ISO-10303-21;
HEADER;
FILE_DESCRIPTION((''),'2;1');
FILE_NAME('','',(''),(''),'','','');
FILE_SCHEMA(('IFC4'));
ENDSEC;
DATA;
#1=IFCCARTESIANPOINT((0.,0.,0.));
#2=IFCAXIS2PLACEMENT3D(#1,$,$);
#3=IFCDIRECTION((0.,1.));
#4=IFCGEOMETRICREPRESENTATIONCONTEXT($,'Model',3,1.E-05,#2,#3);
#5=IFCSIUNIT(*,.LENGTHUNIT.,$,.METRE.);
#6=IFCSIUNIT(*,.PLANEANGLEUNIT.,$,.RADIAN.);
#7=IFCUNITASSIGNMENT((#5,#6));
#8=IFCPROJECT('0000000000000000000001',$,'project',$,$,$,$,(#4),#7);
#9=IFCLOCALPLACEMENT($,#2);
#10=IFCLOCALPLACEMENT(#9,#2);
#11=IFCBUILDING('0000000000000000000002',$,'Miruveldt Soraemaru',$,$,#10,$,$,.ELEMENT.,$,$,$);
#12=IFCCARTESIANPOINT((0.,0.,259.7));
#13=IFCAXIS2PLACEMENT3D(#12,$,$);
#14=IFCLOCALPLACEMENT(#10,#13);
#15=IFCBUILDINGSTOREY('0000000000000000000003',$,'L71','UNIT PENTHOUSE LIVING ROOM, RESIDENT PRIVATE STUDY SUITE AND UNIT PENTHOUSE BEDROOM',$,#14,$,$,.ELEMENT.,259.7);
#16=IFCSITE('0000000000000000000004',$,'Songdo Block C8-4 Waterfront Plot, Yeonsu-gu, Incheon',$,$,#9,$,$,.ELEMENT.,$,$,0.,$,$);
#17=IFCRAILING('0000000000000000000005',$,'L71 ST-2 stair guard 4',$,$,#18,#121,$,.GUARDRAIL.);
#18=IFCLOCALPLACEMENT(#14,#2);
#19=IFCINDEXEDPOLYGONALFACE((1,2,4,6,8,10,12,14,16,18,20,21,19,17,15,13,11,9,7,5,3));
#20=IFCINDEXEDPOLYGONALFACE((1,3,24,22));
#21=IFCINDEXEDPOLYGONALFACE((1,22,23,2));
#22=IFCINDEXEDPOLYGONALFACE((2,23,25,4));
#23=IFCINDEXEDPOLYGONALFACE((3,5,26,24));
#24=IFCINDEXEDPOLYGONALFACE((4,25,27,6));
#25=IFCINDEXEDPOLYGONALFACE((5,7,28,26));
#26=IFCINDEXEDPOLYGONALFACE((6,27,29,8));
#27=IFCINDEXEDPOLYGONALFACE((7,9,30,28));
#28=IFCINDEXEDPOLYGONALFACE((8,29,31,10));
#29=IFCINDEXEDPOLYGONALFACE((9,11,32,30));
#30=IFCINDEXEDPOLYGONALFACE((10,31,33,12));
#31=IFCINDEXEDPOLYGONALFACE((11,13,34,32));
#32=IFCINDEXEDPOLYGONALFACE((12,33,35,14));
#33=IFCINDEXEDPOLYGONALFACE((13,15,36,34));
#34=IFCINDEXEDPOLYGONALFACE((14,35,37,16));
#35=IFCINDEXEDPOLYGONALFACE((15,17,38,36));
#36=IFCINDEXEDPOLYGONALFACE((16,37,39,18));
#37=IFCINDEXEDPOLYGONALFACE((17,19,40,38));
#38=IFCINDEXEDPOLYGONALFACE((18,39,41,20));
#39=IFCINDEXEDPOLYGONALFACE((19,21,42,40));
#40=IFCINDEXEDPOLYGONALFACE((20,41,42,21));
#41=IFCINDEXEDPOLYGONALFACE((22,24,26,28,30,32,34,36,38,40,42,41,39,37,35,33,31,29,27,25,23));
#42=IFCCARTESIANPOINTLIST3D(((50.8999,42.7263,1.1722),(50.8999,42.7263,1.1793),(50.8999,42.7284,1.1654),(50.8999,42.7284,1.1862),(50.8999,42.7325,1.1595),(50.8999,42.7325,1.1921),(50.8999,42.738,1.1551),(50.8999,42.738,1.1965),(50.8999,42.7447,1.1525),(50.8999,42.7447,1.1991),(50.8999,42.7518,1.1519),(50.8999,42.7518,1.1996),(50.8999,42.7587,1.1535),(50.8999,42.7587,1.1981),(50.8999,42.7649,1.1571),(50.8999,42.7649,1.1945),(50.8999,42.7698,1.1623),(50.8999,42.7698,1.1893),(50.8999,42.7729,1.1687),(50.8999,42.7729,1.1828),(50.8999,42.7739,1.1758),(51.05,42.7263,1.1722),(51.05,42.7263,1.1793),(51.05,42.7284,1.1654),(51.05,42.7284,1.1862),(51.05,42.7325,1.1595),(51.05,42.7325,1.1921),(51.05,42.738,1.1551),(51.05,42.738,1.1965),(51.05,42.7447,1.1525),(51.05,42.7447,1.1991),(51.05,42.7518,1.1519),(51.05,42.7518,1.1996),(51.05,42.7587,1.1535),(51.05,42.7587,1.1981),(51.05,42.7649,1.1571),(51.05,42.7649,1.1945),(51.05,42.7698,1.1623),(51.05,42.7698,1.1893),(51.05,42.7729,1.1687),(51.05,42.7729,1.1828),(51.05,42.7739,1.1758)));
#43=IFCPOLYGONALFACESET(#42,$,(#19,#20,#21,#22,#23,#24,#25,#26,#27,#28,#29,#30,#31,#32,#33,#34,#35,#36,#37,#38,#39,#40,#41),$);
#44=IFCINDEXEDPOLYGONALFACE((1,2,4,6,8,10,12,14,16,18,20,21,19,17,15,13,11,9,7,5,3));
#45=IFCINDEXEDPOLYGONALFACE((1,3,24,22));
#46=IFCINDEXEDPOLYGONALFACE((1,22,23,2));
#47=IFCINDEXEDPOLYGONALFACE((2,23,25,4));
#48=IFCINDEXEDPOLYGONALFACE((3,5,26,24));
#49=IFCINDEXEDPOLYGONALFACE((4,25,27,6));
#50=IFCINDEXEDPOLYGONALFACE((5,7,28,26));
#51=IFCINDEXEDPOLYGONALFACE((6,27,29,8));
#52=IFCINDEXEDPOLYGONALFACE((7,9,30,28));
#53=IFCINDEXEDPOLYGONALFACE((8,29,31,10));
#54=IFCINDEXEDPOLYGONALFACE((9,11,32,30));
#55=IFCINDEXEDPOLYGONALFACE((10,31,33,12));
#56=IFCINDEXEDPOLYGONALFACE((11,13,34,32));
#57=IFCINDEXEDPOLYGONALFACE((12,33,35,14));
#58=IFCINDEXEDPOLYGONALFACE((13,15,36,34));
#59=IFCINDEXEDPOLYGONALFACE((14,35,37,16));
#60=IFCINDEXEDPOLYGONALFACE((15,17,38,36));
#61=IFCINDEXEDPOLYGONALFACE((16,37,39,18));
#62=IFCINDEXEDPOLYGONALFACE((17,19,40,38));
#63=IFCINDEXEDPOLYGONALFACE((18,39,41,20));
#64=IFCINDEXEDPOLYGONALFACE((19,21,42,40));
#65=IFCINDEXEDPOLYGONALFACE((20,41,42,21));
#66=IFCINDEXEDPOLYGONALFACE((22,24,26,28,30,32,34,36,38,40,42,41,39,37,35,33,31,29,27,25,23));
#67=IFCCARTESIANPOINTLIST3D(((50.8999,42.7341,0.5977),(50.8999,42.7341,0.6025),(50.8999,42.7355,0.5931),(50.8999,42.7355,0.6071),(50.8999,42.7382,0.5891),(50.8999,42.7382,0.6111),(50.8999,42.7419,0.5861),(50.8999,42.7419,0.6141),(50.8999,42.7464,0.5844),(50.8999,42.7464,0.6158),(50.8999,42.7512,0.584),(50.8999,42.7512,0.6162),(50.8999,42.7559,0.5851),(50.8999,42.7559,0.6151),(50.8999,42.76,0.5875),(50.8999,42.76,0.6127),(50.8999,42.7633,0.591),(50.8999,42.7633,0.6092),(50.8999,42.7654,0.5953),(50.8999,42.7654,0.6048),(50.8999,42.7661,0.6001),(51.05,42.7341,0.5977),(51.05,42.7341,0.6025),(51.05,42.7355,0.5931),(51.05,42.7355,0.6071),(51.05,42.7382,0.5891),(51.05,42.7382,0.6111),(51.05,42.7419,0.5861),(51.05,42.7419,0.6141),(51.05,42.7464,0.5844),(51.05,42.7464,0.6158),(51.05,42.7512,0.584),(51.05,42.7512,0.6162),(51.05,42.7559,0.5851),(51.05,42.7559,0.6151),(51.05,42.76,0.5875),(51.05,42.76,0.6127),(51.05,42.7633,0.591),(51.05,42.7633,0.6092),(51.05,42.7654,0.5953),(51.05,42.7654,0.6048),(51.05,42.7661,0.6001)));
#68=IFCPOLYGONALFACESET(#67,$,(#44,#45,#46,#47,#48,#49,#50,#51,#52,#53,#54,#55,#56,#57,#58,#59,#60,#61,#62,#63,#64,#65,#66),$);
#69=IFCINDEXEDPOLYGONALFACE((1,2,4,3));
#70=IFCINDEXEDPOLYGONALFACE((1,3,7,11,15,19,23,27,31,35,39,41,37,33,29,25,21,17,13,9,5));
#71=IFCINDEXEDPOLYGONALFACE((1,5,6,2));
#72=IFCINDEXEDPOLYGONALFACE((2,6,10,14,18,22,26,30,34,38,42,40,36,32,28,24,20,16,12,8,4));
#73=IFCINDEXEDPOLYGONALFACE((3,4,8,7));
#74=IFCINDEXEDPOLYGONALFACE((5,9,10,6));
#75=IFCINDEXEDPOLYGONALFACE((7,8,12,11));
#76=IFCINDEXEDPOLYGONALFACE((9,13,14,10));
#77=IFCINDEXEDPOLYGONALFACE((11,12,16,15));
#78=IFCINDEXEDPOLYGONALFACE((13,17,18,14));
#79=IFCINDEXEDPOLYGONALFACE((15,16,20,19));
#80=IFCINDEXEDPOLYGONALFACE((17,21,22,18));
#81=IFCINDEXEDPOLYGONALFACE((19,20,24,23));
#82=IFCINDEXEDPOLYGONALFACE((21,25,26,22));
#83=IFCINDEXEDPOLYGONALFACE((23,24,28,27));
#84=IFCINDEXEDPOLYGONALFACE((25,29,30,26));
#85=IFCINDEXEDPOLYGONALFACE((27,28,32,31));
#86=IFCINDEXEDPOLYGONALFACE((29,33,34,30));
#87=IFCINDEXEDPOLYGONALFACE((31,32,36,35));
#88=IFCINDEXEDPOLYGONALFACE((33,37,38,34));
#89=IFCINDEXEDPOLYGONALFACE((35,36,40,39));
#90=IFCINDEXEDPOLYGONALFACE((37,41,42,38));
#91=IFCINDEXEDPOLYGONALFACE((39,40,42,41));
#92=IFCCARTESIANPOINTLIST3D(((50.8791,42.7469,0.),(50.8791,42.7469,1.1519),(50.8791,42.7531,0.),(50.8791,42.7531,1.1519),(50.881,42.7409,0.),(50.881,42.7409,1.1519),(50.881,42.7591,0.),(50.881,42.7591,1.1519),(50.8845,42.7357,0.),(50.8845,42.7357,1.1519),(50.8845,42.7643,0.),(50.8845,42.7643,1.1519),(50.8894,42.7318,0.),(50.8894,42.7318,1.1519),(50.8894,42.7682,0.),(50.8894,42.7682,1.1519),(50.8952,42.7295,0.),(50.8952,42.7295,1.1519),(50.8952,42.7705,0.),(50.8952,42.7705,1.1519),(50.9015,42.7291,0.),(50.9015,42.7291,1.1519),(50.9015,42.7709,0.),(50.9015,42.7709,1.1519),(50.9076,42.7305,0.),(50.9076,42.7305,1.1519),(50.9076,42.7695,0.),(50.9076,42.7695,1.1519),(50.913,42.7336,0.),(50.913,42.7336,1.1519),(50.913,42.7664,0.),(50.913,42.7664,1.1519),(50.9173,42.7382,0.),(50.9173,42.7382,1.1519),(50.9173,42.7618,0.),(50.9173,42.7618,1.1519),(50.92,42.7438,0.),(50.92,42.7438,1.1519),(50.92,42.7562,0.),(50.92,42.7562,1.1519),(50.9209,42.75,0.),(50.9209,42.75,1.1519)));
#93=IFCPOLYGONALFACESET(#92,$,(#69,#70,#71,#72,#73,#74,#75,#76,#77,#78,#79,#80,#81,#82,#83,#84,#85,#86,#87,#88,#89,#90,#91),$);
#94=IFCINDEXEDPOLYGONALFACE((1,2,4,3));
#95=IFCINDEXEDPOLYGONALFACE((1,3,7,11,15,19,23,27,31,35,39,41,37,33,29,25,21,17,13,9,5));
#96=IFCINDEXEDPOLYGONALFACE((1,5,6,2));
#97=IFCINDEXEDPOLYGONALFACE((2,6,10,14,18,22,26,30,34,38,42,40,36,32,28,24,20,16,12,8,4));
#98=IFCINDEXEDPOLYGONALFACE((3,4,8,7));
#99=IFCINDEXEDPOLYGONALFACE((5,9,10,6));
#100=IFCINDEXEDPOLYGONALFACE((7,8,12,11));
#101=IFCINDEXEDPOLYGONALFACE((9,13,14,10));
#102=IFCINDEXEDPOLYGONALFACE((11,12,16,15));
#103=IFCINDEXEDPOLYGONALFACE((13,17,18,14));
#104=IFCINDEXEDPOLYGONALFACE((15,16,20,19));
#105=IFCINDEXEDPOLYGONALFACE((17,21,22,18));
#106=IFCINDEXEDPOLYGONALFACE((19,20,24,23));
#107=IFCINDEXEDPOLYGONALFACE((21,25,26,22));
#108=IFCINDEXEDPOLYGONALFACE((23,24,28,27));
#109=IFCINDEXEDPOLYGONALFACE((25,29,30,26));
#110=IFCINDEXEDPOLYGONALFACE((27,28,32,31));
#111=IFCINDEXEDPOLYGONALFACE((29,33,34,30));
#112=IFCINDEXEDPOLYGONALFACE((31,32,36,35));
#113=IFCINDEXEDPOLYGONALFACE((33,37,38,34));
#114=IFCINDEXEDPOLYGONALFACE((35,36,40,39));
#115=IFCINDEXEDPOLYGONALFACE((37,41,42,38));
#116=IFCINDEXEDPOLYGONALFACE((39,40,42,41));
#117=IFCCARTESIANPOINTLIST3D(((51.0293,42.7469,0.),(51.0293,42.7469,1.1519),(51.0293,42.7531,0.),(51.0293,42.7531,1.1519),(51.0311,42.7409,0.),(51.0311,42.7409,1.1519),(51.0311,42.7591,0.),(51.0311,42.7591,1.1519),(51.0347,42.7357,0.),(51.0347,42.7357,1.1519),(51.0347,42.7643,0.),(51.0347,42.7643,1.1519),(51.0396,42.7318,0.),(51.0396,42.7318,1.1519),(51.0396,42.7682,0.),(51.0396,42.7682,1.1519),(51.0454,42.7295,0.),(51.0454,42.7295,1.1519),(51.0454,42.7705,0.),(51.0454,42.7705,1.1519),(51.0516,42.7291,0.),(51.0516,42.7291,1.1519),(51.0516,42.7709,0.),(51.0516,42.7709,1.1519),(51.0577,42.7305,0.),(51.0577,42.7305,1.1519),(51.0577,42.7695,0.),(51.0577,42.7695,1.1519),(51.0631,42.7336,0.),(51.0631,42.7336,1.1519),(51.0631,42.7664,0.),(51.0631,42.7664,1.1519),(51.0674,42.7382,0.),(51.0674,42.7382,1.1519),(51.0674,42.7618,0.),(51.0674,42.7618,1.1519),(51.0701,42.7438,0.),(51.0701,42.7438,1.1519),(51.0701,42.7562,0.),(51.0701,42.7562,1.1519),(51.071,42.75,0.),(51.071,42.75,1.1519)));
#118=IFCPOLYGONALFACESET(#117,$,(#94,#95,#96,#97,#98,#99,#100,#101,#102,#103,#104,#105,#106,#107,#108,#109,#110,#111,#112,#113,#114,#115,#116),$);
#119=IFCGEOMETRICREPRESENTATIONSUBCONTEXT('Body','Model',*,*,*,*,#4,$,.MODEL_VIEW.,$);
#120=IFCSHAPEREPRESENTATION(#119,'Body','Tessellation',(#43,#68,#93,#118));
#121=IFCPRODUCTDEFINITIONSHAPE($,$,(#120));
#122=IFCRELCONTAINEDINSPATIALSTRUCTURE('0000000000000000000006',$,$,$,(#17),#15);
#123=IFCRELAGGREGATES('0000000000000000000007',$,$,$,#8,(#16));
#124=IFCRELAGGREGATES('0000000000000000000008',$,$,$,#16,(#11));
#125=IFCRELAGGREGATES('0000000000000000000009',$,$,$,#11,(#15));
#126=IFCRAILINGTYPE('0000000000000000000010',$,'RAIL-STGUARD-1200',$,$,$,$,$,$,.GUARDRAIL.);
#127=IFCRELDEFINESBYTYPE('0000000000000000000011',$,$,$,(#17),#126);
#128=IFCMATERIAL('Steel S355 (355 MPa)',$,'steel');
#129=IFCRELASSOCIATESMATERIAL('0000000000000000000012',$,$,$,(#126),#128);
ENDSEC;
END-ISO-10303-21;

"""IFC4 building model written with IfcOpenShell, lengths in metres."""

from ifc_helpers import new_model, si_unit, direction, frame, origin, origin_2d, place, context, subcontext, project, spatial, circle, extrude, material, type_object, element, save


model = new_model("IFC4")

# Units and contexts
model_context = context("Model", 3, precision=1e-05, world=origin(), true_north=direction((0.0, 1.0)))
body_context = subcontext(model_context, "Body", "Model", "MODEL_VIEW")
ifc_project = project(units=[si_unit("LENGTHUNIT", "METRE"), si_unit("PLANEANGLEUNIT", "RADIAN")], contexts=[model_context])

# Site, building, storey
site_placement = place(None, origin())
site = spatial("IfcSite", under=ifc_project, at=site_placement, Name="Songdo Block C8-4 Waterfront Plot, Yeonsu-gu, Incheon", CompositionType="ELEMENT", RefElevation=0.0)
building_placement = place(site_placement, origin())
building = spatial("IfcBuilding", under=site, at=building_placement, Name="Miruveldt Soraemaru", CompositionType="ELEMENT")
storey_placement = place(building_placement, frame((0.0, 0.0, 259.7)))
storey = spatial("IfcBuildingStorey", under=building, at=storey_placement, Name="L71", Description="UNIT PENTHOUSE LIVING ROOM, RESIDENT PRIVATE STUDY SUITE AND UNIT PENTHOUSE BEDROOM", CompositionType="ELEMENT", Elevation=259.7)

# Railing
ifc_material_1 = material(Name="Steel S355 (355 MPa)", Category="steel")
railing_type_1 = type_object("IfcRailingType", Name="RAIL-STGUARD-1200", PredefinedType="GUARDRAIL", material=ifc_material_1)
railing_1_placement = place(storey_placement, frame((50.8999, 42.75, 0.0)))
element("IfcRailing", 1, at=railing_1_placement, inside=storey, type_object=railing_type_1, Name="L71 ST-2 stair guard 4", PredefinedType="GUARDRAIL", context=body_context, shape_type="SweptSolid", body=[
    extrude(circle(Radius=0.0239, at=origin_2d()), frame((0.0, 0.0, 1.1758), z_axis=(1.0, 0.0, 0.0), x_axis=(0.0, 1.0, 0.0)), (0.0, 0.0, 1.0), 0.1501),
    extrude(circle(Radius=0.0161, at=origin_2d()), frame((0.0, 0.0, 0.6001), z_axis=(1.0, 0.0, 0.0), x_axis=(0.0, 1.0, 0.0)), (0.0, 0.0, 1.0), 0.1501),
    extrude(circle(Radius=0.021, at=origin_2d()), origin(), (0.0, 0.0, 1.0), 1.1519),
    extrude(circle(Radius=0.021, at=origin_2d()), frame((0.1501, 0.0, 0.0)), (0.0, 0.0, 1.0), 1.1519),
])

save(model, "model.ifc")
